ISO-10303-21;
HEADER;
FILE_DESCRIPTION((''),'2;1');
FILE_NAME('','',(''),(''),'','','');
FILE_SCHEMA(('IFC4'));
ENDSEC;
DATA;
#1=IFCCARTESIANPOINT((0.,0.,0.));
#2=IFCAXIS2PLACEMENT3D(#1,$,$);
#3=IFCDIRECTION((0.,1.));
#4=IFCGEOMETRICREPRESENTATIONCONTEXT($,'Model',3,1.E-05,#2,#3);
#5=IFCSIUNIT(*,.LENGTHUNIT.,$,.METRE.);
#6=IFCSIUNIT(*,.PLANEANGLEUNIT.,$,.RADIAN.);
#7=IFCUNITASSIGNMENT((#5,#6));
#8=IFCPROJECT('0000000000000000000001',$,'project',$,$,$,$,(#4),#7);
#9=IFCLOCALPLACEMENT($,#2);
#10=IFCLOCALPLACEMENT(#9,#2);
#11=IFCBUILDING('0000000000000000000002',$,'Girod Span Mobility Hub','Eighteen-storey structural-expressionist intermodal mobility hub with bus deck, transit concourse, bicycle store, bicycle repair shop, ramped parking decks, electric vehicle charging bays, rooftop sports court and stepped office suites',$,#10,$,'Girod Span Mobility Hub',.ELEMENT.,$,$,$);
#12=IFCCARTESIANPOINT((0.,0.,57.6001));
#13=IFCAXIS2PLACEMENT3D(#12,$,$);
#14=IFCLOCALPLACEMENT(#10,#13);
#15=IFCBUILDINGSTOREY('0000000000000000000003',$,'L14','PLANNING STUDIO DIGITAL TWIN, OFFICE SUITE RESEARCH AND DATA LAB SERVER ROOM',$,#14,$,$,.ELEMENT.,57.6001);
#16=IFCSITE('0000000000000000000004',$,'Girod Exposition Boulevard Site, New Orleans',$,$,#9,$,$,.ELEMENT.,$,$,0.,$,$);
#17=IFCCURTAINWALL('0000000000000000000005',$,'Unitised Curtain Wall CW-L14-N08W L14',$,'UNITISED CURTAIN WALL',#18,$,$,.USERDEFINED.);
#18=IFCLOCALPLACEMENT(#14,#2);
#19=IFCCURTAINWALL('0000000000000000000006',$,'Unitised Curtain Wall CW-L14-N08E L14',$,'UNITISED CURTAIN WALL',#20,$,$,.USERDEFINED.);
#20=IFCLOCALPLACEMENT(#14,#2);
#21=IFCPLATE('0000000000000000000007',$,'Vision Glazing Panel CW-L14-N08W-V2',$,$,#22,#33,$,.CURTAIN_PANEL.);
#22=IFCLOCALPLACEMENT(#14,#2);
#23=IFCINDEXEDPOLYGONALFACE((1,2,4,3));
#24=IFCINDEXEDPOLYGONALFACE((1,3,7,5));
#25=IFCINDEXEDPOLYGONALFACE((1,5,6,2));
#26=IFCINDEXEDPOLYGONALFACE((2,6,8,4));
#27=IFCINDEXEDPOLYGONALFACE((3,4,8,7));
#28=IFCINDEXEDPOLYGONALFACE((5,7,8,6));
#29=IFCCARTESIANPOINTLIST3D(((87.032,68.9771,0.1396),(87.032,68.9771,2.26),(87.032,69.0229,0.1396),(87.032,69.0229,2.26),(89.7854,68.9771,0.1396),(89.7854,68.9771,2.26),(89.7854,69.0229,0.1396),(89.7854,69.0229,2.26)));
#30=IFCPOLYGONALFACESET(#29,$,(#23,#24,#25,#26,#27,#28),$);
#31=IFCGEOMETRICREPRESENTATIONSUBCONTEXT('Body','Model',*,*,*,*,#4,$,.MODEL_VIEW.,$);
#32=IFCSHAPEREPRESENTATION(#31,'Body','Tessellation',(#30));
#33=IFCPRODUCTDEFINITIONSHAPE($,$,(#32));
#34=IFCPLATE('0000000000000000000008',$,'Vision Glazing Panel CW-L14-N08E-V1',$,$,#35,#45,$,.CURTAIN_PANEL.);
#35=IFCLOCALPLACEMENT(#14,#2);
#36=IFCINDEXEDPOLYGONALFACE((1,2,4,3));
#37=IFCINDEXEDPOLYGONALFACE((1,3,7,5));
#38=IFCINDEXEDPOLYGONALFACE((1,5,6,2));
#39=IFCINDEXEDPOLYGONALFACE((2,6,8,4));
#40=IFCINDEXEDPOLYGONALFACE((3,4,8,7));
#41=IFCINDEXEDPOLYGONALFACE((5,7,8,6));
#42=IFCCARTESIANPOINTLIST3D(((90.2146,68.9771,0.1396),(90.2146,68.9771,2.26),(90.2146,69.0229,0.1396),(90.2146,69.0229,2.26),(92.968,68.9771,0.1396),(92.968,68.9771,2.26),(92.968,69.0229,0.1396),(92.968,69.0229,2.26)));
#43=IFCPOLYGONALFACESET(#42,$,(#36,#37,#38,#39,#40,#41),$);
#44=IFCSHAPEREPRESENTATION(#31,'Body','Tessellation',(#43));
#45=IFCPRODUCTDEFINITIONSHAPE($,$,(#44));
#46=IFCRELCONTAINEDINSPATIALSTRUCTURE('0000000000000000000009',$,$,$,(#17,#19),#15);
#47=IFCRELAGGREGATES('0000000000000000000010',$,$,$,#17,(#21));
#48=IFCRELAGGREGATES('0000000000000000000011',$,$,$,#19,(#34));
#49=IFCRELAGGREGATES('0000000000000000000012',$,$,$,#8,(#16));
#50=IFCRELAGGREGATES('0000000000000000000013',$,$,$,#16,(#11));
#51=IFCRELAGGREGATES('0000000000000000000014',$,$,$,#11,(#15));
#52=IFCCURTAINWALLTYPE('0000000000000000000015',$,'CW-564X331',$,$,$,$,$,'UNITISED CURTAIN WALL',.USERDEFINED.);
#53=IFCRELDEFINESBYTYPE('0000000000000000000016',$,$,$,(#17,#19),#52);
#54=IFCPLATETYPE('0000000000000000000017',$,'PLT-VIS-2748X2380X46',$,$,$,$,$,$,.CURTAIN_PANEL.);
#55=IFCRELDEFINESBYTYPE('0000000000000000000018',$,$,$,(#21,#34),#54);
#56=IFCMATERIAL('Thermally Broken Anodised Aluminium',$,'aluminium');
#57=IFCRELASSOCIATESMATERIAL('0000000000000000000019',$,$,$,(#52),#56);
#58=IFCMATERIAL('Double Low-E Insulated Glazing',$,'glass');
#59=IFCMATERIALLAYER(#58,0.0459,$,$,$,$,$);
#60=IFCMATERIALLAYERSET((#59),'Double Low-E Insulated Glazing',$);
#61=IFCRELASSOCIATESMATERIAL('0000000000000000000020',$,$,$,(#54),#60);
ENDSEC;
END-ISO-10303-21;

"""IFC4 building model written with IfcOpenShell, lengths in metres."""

from ifc_helpers import new_model, si_unit, direction, frame, origin, origin_2d, place, context, subcontext, project, spatial, rectangle, extrude, material, layer, layer_set, type_object, element, aggregate, save


model = new_model("IFC4")

# Units and contexts
model_context = context("Model", 3, precision=1e-05, world=origin(), true_north=direction((0.0, 1.0)))
body_context = subcontext(model_context, "Body", "Model", "MODEL_VIEW")
ifc_project = project(units=[si_unit("LENGTHUNIT", "METRE"), si_unit("PLANEANGLEUNIT", "RADIAN")], contexts=[model_context])

# Site, building, storey
site_placement = place(None, origin())
site = spatial("IfcSite", under=ifc_project, at=site_placement, Name="Girod Exposition Boulevard Site, New Orleans", CompositionType="ELEMENT", RefElevation=0.0)
building_placement = place(site_placement, origin())
building = spatial("IfcBuilding", under=site, at=building_placement, Name="Girod Span Mobility Hub", Description="Eighteen-storey structural-expressionist intermodal mobility hub with bus deck, transit concourse, bicycle store, bicycle repair shop, ramped parking decks, electric vehicle charging bays, rooftop sports court and stepped office suites", LongName="Girod Span Mobility Hub", CompositionType="ELEMENT")
storey_placement = place(building_placement, frame((0.0, 0.0, 57.6001)))
storey = spatial("IfcBuildingStorey", under=building, at=storey_placement, Name="L14", Description="PLANNING STUDIO DIGITAL TWIN, OFFICE SUITE RESEARCH AND DATA LAB SERVER ROOM", CompositionType="ELEMENT", Elevation=57.6001)

# Curtain wall
ifc_material_1 = material(Name="Thermally Broken Anodised Aluminium", Category="aluminium")
curtain_wall_type = type_object("IfcCurtainWallType", Name="CW-564X331", ElementType="UNITISED CURTAIN WALL", PredefinedType="USERDEFINED", material=ifc_material_1)
curtain_wall_1_placement = place(storey_placement, origin())
curtain_wall_1 = element("IfcCurtainWall", 1, at=curtain_wall_1_placement, inside=storey, type_object=curtain_wall_type, Name="Unitised Curtain Wall CW-L14-N08W L14", ObjectType="UNITISED CURTAIN WALL", PredefinedType="USERDEFINED")

# Curtain wall
curtain_wall_2_placement = place(storey_placement, origin())
curtain_wall_2 = element("IfcCurtainWall", 2, at=curtain_wall_2_placement, inside=storey, type_object=curtain_wall_type, Name="Unitised Curtain Wall CW-L14-N08E L14", ObjectType="UNITISED CURTAIN WALL", PredefinedType="USERDEFINED")

# Plates
ifc_material_2 = material(Name="Double Low-E Insulated Glazing", Category="glass")
ifc_layer_1 = layer(ifc_material_2, 0.0459)
ifc_layer_set_1 = layer_set([ifc_layer_1], Name="Double Low-E Insulated Glazing")
plate_type_1 = type_object("IfcPlateType", Name="PLT-VIS-2748X2380X46", PredefinedType="CURTAIN_PANEL", material=ifc_layer_set_1)
plate_1_placement = place(storey_placement, frame((88.4087, 69.0, 0.1396), z_axis=(0.0, 0.0, 1.0), x_axis=(1.0, 0.0, 0.0)))
plate_1 = element("IfcPlate", 3, at=plate_1_placement, type_object=plate_type_1, Name="Vision Glazing Panel CW-L14-N08W-V2", PredefinedType="CURTAIN_PANEL", context=body_context, shape_type="SweptSolid", body=[
    extrude(rectangle(XDim=2.7534, YDim=0.0459, at=origin_2d()), origin(), (0.0, 0.0, 1.0), 2.1204),
])
aggregate(curtain_wall_1, [plate_1])
plate_2_placement = place(storey_placement, frame((91.5913, 69.0, 0.1396), z_axis=(0.0, 0.0, 1.0), x_axis=(1.0, 0.0, 0.0)))
plate_2 = element("IfcPlate", 4, at=plate_2_placement, type_object=plate_type_1, Name="Vision Glazing Panel CW-L14-N08E-V1", PredefinedType="CURTAIN_PANEL", context=body_context, shape_type="SweptSolid", body=[
    extrude(rectangle(XDim=2.7534, YDim=0.0459, at=origin_2d()), origin(), (0.0, 0.0, 1.0), 2.1204),
])
aggregate(curtain_wall_2, [plate_2])

save(model, "model.ifc")
